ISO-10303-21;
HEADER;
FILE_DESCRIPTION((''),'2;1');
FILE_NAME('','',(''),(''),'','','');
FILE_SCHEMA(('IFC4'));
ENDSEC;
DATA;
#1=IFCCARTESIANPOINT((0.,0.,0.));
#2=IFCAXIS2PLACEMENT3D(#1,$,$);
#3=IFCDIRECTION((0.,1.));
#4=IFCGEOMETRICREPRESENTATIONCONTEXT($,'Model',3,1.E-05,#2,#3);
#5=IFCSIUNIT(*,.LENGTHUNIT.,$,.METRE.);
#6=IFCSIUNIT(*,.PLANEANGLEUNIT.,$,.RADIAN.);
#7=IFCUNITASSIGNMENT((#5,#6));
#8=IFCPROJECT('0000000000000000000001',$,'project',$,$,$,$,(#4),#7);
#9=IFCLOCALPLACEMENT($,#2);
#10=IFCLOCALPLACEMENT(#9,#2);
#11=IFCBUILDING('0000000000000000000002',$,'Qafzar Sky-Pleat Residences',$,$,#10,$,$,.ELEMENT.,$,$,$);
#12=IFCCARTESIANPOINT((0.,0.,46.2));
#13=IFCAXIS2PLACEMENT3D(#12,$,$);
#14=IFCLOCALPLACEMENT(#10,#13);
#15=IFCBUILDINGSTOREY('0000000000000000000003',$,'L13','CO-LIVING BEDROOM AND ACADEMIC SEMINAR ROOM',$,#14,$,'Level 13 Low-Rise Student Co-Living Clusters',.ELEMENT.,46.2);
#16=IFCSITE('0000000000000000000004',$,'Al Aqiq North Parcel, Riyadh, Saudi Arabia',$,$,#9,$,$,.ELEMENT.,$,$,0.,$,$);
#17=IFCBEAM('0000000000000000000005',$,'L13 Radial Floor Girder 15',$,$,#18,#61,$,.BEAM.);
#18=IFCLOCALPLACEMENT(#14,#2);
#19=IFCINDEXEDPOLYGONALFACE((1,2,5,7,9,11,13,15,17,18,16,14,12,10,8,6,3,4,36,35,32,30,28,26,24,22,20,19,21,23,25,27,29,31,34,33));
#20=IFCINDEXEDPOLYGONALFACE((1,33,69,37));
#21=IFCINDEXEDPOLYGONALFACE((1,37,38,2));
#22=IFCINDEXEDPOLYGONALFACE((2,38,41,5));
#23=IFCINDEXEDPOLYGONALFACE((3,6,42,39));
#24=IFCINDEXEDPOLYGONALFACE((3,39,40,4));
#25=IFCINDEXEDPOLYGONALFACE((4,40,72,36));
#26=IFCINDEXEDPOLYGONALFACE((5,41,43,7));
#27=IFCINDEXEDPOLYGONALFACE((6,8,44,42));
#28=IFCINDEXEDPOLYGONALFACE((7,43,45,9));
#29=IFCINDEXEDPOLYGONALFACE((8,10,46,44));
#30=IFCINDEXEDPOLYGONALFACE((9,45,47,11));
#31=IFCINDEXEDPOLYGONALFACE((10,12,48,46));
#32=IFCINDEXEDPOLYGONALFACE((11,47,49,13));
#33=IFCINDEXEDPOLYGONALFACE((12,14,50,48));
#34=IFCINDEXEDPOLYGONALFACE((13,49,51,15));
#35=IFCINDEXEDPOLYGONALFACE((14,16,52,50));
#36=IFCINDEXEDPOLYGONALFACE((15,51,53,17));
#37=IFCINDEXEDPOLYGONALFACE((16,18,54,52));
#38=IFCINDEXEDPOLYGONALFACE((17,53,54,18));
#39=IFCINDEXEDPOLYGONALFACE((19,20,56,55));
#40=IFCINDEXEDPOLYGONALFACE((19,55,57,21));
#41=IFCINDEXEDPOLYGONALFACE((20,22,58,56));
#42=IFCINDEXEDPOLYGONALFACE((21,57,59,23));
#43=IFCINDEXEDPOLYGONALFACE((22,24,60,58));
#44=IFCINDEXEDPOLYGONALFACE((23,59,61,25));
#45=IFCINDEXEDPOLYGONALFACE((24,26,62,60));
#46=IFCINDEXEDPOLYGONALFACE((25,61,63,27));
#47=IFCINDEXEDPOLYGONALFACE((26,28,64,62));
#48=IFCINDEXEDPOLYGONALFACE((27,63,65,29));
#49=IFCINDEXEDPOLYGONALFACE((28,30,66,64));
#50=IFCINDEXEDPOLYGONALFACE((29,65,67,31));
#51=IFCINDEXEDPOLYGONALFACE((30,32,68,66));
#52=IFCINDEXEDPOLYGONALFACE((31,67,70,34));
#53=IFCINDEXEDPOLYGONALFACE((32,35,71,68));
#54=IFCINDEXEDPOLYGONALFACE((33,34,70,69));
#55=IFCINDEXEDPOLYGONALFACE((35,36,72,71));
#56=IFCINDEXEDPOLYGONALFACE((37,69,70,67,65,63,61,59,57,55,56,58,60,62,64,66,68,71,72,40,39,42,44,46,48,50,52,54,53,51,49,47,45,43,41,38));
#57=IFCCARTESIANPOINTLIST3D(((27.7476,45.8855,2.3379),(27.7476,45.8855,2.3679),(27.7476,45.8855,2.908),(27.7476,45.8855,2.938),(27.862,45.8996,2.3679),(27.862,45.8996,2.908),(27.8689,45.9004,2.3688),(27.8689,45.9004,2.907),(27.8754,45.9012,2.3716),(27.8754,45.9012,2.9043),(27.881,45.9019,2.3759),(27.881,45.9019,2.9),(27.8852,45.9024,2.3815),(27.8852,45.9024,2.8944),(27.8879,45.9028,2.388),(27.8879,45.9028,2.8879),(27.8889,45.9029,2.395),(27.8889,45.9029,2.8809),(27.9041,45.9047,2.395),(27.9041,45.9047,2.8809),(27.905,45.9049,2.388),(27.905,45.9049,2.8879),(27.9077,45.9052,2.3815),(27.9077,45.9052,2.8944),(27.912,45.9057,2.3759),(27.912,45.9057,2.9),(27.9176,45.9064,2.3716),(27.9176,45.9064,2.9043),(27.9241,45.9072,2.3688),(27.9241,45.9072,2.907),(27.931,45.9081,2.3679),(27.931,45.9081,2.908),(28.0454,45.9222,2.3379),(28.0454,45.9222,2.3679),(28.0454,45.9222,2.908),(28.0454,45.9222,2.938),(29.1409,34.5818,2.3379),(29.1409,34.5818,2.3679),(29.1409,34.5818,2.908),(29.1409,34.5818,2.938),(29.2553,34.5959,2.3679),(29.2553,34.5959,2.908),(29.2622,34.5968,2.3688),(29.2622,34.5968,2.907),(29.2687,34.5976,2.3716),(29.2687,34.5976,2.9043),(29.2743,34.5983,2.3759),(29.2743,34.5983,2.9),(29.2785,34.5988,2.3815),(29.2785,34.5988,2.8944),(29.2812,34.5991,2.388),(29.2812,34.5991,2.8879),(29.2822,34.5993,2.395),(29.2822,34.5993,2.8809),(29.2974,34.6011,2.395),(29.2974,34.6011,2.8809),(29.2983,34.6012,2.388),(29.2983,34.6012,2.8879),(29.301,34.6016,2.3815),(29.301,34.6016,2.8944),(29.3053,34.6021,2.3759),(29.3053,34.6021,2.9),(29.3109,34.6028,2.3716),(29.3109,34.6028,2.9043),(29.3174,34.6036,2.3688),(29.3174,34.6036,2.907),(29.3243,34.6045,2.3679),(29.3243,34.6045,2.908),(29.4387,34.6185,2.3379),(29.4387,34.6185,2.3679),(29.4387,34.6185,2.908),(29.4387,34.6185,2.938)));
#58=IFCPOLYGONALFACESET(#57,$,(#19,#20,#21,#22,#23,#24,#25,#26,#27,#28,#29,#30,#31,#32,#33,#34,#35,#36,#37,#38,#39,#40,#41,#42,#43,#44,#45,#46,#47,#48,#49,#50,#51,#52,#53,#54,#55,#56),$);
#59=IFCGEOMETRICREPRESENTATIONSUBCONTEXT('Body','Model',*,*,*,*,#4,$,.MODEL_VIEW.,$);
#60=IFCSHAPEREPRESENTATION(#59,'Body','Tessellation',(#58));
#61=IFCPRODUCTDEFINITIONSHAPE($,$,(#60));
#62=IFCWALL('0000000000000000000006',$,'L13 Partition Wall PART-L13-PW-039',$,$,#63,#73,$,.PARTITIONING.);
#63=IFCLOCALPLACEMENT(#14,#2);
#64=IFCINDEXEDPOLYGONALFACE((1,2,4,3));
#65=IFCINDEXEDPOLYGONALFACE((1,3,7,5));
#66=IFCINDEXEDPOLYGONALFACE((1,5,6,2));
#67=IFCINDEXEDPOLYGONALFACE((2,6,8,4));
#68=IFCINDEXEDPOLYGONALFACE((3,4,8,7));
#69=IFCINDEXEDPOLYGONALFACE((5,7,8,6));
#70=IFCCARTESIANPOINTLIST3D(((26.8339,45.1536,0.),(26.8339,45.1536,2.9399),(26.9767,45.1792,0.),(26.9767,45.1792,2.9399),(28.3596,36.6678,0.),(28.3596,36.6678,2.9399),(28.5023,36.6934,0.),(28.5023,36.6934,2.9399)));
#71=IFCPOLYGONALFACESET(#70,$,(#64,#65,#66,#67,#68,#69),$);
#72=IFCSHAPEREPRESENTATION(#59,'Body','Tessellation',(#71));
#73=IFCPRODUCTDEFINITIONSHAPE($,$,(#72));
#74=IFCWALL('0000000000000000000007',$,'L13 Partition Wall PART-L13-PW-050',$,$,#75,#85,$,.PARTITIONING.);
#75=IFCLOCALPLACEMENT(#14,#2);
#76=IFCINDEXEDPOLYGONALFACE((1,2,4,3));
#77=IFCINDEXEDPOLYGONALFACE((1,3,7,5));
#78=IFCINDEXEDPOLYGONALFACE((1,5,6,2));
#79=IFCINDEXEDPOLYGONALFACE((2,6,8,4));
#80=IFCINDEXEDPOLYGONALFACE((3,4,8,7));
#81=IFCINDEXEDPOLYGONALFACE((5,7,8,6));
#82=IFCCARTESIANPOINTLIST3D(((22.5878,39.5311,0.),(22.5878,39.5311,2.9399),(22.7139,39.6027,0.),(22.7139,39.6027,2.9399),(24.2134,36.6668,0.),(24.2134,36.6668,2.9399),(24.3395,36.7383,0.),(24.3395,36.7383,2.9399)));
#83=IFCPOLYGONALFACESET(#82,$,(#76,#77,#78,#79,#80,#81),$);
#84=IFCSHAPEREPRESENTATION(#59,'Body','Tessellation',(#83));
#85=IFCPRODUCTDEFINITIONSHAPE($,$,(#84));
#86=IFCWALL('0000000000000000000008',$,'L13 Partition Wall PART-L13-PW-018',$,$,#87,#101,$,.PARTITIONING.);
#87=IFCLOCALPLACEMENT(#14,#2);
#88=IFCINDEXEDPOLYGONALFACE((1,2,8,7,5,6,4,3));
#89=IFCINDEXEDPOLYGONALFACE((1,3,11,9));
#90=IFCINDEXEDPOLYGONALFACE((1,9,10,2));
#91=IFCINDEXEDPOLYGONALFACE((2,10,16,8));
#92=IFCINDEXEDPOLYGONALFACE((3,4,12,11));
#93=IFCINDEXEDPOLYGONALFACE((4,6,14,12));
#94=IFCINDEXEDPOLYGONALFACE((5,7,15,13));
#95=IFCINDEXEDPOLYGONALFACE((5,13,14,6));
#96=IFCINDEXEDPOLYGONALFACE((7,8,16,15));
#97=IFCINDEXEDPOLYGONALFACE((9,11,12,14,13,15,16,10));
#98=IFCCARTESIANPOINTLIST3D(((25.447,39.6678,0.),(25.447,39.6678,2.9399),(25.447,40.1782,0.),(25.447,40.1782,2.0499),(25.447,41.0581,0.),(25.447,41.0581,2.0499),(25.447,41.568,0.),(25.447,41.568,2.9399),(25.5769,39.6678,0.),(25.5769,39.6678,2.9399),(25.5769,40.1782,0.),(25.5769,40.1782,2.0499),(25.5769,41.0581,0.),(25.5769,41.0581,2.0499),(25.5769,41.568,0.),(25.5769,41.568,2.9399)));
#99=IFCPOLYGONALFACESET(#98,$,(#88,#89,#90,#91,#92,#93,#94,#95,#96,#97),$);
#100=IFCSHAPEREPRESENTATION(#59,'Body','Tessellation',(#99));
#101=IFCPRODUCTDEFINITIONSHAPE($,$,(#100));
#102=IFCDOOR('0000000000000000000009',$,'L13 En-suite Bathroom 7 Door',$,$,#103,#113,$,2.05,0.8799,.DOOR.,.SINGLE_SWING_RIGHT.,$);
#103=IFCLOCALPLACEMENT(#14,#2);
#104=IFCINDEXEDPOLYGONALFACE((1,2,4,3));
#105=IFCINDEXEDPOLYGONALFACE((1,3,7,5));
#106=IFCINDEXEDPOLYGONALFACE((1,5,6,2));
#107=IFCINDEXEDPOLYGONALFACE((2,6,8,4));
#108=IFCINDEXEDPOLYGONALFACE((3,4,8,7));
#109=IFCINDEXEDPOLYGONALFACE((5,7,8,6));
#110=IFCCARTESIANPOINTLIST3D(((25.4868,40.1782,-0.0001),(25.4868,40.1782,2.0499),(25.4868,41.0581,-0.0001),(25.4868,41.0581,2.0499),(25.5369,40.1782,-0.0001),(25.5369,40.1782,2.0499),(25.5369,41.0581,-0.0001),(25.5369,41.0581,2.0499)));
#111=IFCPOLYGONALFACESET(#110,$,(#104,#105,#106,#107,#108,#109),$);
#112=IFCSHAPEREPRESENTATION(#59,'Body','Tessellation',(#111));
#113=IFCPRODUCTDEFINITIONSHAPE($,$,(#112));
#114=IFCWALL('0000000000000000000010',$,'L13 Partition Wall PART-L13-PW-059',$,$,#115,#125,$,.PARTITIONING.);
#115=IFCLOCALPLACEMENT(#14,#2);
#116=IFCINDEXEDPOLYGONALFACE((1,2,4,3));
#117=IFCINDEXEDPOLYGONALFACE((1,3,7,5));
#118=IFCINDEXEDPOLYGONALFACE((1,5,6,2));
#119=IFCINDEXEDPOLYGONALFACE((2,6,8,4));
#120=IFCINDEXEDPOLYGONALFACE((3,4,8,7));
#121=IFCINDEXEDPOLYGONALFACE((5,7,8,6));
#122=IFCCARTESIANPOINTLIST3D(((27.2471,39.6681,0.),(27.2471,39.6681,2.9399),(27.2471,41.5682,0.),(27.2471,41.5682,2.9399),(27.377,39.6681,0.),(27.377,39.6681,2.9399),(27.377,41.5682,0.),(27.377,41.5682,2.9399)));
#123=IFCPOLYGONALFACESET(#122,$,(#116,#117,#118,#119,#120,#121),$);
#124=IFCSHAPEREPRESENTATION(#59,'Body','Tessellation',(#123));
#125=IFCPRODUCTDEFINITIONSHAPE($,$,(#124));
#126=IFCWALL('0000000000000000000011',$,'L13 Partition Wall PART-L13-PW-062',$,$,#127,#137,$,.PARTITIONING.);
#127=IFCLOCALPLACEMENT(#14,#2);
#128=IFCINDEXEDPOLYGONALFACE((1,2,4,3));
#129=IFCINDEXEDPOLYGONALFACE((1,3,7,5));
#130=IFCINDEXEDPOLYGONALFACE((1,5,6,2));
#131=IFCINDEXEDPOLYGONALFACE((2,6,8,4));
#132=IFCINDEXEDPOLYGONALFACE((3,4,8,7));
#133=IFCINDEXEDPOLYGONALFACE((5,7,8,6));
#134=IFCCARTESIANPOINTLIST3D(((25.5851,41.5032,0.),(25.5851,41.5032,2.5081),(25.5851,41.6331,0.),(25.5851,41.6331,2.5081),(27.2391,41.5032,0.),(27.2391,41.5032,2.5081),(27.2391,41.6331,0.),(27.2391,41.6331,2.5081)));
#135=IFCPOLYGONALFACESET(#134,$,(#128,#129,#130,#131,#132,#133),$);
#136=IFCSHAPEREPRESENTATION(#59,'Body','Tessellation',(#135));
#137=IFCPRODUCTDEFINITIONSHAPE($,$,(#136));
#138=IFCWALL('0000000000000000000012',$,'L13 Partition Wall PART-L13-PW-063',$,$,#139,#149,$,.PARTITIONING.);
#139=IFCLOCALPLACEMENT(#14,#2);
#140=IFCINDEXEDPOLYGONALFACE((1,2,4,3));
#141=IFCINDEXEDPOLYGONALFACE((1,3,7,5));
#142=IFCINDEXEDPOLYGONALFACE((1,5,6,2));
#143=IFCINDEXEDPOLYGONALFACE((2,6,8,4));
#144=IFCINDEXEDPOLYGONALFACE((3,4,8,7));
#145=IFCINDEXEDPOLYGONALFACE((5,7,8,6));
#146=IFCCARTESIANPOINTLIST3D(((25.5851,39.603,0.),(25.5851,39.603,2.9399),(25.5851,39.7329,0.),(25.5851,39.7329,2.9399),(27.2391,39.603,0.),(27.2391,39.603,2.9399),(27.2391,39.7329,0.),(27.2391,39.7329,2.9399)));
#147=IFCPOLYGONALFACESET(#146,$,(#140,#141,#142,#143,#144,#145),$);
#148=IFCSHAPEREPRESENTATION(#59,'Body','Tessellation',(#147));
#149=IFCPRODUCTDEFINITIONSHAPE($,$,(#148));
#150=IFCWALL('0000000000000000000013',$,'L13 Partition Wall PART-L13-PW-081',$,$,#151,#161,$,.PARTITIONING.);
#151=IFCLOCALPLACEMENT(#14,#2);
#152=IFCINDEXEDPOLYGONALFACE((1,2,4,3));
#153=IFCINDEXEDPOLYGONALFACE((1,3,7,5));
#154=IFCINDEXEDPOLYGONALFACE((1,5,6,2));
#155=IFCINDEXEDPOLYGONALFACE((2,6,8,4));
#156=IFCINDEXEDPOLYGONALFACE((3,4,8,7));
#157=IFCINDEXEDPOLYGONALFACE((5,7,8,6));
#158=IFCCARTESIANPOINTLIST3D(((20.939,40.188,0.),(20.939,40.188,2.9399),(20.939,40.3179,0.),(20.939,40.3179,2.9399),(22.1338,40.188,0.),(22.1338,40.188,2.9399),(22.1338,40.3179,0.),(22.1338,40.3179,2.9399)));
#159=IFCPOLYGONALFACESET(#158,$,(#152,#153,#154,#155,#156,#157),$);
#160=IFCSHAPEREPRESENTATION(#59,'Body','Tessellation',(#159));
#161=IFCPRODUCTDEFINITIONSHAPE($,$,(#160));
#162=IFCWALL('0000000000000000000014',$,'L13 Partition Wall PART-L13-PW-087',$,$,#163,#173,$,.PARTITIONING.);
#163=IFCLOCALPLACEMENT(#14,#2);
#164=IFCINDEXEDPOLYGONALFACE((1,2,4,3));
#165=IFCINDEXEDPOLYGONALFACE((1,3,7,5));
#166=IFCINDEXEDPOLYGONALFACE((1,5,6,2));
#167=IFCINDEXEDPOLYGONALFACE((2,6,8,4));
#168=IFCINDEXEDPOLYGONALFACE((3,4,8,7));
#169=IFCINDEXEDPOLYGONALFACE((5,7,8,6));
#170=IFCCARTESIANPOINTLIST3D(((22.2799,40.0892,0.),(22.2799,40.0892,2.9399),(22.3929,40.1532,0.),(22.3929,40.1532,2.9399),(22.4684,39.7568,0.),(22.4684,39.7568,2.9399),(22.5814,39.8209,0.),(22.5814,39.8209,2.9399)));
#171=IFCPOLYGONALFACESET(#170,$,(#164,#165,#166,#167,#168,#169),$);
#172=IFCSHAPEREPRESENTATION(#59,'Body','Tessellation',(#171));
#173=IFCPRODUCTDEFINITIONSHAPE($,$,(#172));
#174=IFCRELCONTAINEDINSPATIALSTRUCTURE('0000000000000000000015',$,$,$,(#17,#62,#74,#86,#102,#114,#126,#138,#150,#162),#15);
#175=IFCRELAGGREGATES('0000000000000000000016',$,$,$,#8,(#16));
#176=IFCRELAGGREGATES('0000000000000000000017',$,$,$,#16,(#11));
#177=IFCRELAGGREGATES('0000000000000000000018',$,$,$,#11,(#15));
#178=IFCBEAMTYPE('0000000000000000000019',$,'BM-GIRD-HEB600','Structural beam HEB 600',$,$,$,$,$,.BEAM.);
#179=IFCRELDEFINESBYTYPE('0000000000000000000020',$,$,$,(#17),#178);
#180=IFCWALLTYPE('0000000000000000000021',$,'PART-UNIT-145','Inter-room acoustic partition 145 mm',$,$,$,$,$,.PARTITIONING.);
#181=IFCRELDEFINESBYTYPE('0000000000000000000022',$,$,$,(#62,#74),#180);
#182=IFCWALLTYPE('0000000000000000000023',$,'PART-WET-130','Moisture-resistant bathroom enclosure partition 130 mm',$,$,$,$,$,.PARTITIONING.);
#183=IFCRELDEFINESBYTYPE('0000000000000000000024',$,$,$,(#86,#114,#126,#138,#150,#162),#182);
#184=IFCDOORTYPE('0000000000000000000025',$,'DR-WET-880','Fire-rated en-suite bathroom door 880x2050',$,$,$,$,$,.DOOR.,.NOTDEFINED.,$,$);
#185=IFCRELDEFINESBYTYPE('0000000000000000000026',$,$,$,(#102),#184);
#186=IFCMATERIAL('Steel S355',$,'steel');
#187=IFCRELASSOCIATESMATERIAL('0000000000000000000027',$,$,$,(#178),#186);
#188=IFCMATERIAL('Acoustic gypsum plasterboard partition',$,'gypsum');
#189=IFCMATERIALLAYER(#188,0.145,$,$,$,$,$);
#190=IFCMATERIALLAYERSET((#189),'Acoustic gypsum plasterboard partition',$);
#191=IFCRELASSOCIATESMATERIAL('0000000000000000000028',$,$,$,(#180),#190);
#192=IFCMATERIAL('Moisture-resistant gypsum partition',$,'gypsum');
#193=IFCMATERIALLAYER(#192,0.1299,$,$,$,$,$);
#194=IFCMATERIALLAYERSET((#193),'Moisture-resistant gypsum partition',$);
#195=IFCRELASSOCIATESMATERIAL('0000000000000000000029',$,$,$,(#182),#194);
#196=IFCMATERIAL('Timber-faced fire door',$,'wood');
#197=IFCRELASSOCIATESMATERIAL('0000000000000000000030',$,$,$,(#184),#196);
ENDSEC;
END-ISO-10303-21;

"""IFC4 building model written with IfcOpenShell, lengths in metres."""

from ifc_helpers import new_model, si_unit, direction, frame, frame_2d, origin, origin_2d, place, context, subcontext, project, spatial, rectangle, i_section, extrude, source, transform, mapped, material, layer, layer_set, material_profile, profile_set, type_object, element, fill, save


model = new_model("IFC4")

# Units and contexts
model_context = context("Model", 3, precision=1e-05, world=origin(), true_north=direction((0.0, 1.0)))
body_context = subcontext(model_context, "Body", "Model", "MODEL_VIEW")
ifc_project = project(units=[si_unit("LENGTHUNIT", "METRE"), si_unit("PLANEANGLEUNIT", "RADIAN")], contexts=[model_context])

# Site, building, storey
site_placement = place(None, origin())
site = spatial("IfcSite", under=ifc_project, at=site_placement, Name="Al Aqiq North Parcel, Riyadh, Saudi Arabia", CompositionType="ELEMENT", RefElevation=0.0)
building_placement = place(site_placement, origin())
building = spatial("IfcBuilding", under=site, at=building_placement, Name="Qafzar Sky-Pleat Residences", CompositionType="ELEMENT")
storey_placement = place(building_placement, frame((0.0, 0.0, 46.2)))
storey = spatial("IfcBuildingStorey", under=building, at=storey_placement, Name="L13", Description="CO-LIVING BEDROOM AND ACADEMIC SEMINAR ROOM", LongName="Level 13 Low-Rise Student Co-Living Clusters", CompositionType="ELEMENT", Elevation=46.2)

# Beam
ifc_material_1 = material(Name="Steel S355", Category="steel")
ifc_material_profile_1 = material_profile(ifc_material_1, i_section(OverallWidth=0.3, OverallDepth=0.6001, WebThickness=0.0154, FlangeThickness=0.03, FilletRadius=0.0271, at=origin_2d()), Name="HEB 600")
ifc_profile_set_1 = profile_set([ifc_material_profile_1], Name="Steel S355")
beam_type_1 = type_object("IfcBeamType", Name="BM-GIRD-HEB600", Description="Structural beam HEB 600", PredefinedType="BEAM", material=ifc_profile_set_1)
shared_shape_1 = source(origin(), body_context, "Body", "SweptSolid", [
    extrude(i_section(OverallWidth=0.3, OverallDepth=0.6001, WebThickness=0.0154, FlangeThickness=0.03, FilletRadius=0.0271, at=origin_2d()), origin(), (0.0, 0.0, 1.0), 11.3892),
])
beam_1_placement = place(storey_placement, frame((27.8965, 45.9038, 2.6379), z_axis=(0.122335, -0.992489, 0.0), x_axis=(0.992489, 0.122335, 0.0)))
element("IfcBeam", 1, at=beam_1_placement, inside=storey, type_object=beam_type_1, Name="L13 Radial Floor Girder 15", PredefinedType="BEAM", context=body_context, shape_type="MappedRepresentation", body=[
    mapped(shared_shape_1, transform((0.0, 0.0, 0.0), x_axis=(1.0, 0.0, 0.0), y_axis=(0.0, 1.0, 0.0), z_axis=(0.0, 0.0, 1.0), scale=1.0)),
])

# Walls
ifc_material_2 = material(Name="Acoustic gypsum plasterboard partition", Category="gypsum")
ifc_layer_1 = layer(ifc_material_2, 0.145)
ifc_layer_set_1 = layer_set([ifc_layer_1], Name="Acoustic gypsum plasterboard partition")
wall_type_1 = type_object("IfcWallType", Name="PART-UNIT-145", Description="Inter-room acoustic partition 145 mm", PredefinedType="PARTITIONING", material=ifc_layer_set_1)
wall_1_placement = place(storey_placement, frame((26.9053, 45.1665, 0.0), z_axis=(0.0, 0.0, 1.0), x_axis=(0.176949, -0.98422, 0.0)))
element("IfcWall", 2, at=wall_1_placement, inside=storey, type_object=wall_type_1, Name="L13 Partition Wall PART-L13-PW-039", PredefinedType="PARTITIONING", context=body_context, shape_type="SweptSolid", body=[
    extrude(rectangle(XDim=8.6218, YDim=0.145, at=frame_2d((4.311, 0.0))), origin(), (0.0, 0.0, 1.0), 2.9399),
])
wall_2_placement = place(storey_placement, frame((22.6509, 39.5669, 0.0), z_axis=(0.0, 0.0, 1.0), x_axis=(0.493566, -0.869708, 0.0)))
element("IfcWall", 3, at=wall_2_placement, inside=storey, type_object=wall_type_1, Name="L13 Partition Wall PART-L13-PW-050", PredefinedType="PARTITIONING", context=body_context, shape_type="SweptSolid", body=[
    extrude(rectangle(XDim=3.2935, YDim=0.145, at=frame_2d((1.6467, 0.0))), origin(), (0.0, 0.0, 1.0), 2.9399),
])

# Wall, opening, door
ifc_material_3 = material(Name="Moisture-resistant gypsum partition", Category="gypsum")
ifc_layer_2 = layer(ifc_material_3, 0.1299)
ifc_layer_set_2 = layer_set([ifc_layer_2], Name="Moisture-resistant gypsum partition")
wall_type_2 = type_object("IfcWallType", Name="PART-WET-130", Description="Moisture-resistant bathroom enclosure partition 130 mm", PredefinedType="PARTITIONING", material=ifc_layer_set_2)
wall_3_placement = place(storey_placement, frame((25.512, 41.5681, 0.0), z_axis=(0.0, 0.0, 1.0), x_axis=(0.0, -1.0, 0.0)))
wall_3 = element("IfcWall", 4, at=wall_3_placement, inside=storey, type_object=wall_type_2, Name="L13 Partition Wall PART-L13-PW-018", PredefinedType="PARTITIONING", context=body_context, shape_type="SweptSolid", body=[
    extrude(rectangle(XDim=1.9001, YDim=0.1299, at=frame_2d((0.9502, 0.0))), origin(), (0.0, 0.0, 1.0), 2.9399),
])
opening_1_placement = place(wall_3_placement, frame((0.51, 0.0, 0.0)))
opening_1 = element("IfcOpeningElement", 5, at=opening_1_placement, cuts=wall_3, PredefinedType="OPENING", context=body_context, shape_type="SweptSolid", body=[
    extrude(rectangle(XDim=0.8799, YDim=2.05, at=frame_2d((0.4399, 1.0249))), frame((0.0, 0.075, 0.0), z_axis=(0.0, -1.0, 0.0), x_axis=(1.0, 0.0, 0.0)), (0.0, 0.0, 1.0), 0.1499),
])
ifc_material_4 = material(Name="Timber-faced fire door", Category="wood")
door_type = type_object("IfcDoorType", Name="DR-WET-880", Description="Fire-rated en-suite bathroom door 880x2050", OperationType="NOTDEFINED", PredefinedType="DOOR", material=ifc_material_4)
shared_shape_2 = source(origin(), body_context, "Body", "SweptSolid", [
    extrude(rectangle(XDim=0.8799, YDim=2.05, at=frame_2d((0.4399, 1.0249))), frame((0.0, 0.0249, 0.0), z_axis=(0.0, -1.0, 0.0), x_axis=(1.0, 0.0, 0.0)), (0.0, 0.0, 1.0), 0.05),
])
door_placement = place(opening_1_placement, origin())
door = element("IfcDoor", 6, at=door_placement, inside=storey, type_object=door_type, Name="L13 En-suite Bathroom 7 Door", OperationType="SINGLE_SWING_RIGHT", OverallHeight=2.05, OverallWidth=0.8799, PredefinedType="DOOR", context=body_context, shape_type="MappedRepresentation", body=[
    mapped(shared_shape_2, transform((0.0, 0.0, 0.0), x_axis=(1.0, 0.0, 0.0), y_axis=(0.0, 1.0, 0.0), z_axis=(0.0, 0.0, 1.0), scale=1.0)),
])
fill(opening_1, door)

# Walls
wall_4_placement = place(storey_placement, frame((27.312, 39.668, 0.0), z_axis=(0.0, 0.0, 1.0), x_axis=(0.0, 1.0, 0.0)))
element("IfcWall", 7, at=wall_4_placement, inside=storey, type_object=wall_type_2, Name="L13 Partition Wall PART-L13-PW-059", PredefinedType="PARTITIONING", context=body_context, shape_type="SweptSolid", body=[
    extrude(rectangle(XDim=1.9001, YDim=0.1299, at=frame_2d((0.9502, 0.0))), origin(), (0.0, 0.0, 1.0), 2.9399),
])
wall_5_placement = place(storey_placement, frame((25.585, 41.5681, 0.0), z_axis=(0.0, 0.0, 1.0), x_axis=(1.0, 0.0, 0.0)))
element("IfcWall", 8, at=wall_5_placement, inside=storey, type_object=wall_type_2, Name="L13 Partition Wall PART-L13-PW-062", PredefinedType="PARTITIONING", context=body_context, shape_type="SweptSolid", body=[
    extrude(rectangle(XDim=1.6541, YDim=0.1299, at=frame_2d((0.8271, 0.0))), origin(), (0.0, 0.0, 1.0), 2.5081),
])
wall_6_placement = place(storey_placement, frame((25.585, 39.668, 0.0), z_axis=(0.0, 0.0, 1.0), x_axis=(1.0, 0.0, 0.0)))
element("IfcWall", 9, at=wall_6_placement, inside=storey, type_object=wall_type_2, Name="L13 Partition Wall PART-L13-PW-063", PredefinedType="PARTITIONING", context=body_context, shape_type="SweptSolid", body=[
    extrude(rectangle(XDim=1.6541, YDim=0.1299, at=frame_2d((0.8271, 0.0))), origin(), (0.0, 0.0, 1.0), 2.9399),
])
wall_7_placement = place(storey_placement, frame((20.939, 40.2529, 0.0), z_axis=(0.0, 0.0, 1.0), x_axis=(1.0, 0.0, 0.0)))
element("IfcWall", 10, at=wall_7_placement, inside=storey, type_object=wall_type_2, Name="L13 Partition Wall PART-L13-PW-081", PredefinedType="PARTITIONING", context=body_context, shape_type="SweptSolid", body=[
    extrude(rectangle(XDim=1.1948, YDim=0.1299, at=frame_2d((0.5974, 0.0))), origin(), (0.0, 0.0, 1.0), 2.9399),
])
wall_8_placement = place(storey_placement, frame((22.3364, 40.1211, 0.0), z_axis=(0.0, 0.0, 1.0), x_axis=(0.493383, -0.869812, 0.0)))
element("IfcWall", 11, at=wall_8_placement, inside=storey, type_object=wall_type_2, Name="L13 Partition Wall PART-L13-PW-087", PredefinedType="PARTITIONING", context=body_context, shape_type="SweptSolid", body=[
    extrude(rectangle(XDim=0.3821, YDim=0.1299, at=frame_2d((0.1909, 0.0))), origin(), (0.0, 0.0, 1.0), 2.9399),
])

save(model, "model.ifc")
